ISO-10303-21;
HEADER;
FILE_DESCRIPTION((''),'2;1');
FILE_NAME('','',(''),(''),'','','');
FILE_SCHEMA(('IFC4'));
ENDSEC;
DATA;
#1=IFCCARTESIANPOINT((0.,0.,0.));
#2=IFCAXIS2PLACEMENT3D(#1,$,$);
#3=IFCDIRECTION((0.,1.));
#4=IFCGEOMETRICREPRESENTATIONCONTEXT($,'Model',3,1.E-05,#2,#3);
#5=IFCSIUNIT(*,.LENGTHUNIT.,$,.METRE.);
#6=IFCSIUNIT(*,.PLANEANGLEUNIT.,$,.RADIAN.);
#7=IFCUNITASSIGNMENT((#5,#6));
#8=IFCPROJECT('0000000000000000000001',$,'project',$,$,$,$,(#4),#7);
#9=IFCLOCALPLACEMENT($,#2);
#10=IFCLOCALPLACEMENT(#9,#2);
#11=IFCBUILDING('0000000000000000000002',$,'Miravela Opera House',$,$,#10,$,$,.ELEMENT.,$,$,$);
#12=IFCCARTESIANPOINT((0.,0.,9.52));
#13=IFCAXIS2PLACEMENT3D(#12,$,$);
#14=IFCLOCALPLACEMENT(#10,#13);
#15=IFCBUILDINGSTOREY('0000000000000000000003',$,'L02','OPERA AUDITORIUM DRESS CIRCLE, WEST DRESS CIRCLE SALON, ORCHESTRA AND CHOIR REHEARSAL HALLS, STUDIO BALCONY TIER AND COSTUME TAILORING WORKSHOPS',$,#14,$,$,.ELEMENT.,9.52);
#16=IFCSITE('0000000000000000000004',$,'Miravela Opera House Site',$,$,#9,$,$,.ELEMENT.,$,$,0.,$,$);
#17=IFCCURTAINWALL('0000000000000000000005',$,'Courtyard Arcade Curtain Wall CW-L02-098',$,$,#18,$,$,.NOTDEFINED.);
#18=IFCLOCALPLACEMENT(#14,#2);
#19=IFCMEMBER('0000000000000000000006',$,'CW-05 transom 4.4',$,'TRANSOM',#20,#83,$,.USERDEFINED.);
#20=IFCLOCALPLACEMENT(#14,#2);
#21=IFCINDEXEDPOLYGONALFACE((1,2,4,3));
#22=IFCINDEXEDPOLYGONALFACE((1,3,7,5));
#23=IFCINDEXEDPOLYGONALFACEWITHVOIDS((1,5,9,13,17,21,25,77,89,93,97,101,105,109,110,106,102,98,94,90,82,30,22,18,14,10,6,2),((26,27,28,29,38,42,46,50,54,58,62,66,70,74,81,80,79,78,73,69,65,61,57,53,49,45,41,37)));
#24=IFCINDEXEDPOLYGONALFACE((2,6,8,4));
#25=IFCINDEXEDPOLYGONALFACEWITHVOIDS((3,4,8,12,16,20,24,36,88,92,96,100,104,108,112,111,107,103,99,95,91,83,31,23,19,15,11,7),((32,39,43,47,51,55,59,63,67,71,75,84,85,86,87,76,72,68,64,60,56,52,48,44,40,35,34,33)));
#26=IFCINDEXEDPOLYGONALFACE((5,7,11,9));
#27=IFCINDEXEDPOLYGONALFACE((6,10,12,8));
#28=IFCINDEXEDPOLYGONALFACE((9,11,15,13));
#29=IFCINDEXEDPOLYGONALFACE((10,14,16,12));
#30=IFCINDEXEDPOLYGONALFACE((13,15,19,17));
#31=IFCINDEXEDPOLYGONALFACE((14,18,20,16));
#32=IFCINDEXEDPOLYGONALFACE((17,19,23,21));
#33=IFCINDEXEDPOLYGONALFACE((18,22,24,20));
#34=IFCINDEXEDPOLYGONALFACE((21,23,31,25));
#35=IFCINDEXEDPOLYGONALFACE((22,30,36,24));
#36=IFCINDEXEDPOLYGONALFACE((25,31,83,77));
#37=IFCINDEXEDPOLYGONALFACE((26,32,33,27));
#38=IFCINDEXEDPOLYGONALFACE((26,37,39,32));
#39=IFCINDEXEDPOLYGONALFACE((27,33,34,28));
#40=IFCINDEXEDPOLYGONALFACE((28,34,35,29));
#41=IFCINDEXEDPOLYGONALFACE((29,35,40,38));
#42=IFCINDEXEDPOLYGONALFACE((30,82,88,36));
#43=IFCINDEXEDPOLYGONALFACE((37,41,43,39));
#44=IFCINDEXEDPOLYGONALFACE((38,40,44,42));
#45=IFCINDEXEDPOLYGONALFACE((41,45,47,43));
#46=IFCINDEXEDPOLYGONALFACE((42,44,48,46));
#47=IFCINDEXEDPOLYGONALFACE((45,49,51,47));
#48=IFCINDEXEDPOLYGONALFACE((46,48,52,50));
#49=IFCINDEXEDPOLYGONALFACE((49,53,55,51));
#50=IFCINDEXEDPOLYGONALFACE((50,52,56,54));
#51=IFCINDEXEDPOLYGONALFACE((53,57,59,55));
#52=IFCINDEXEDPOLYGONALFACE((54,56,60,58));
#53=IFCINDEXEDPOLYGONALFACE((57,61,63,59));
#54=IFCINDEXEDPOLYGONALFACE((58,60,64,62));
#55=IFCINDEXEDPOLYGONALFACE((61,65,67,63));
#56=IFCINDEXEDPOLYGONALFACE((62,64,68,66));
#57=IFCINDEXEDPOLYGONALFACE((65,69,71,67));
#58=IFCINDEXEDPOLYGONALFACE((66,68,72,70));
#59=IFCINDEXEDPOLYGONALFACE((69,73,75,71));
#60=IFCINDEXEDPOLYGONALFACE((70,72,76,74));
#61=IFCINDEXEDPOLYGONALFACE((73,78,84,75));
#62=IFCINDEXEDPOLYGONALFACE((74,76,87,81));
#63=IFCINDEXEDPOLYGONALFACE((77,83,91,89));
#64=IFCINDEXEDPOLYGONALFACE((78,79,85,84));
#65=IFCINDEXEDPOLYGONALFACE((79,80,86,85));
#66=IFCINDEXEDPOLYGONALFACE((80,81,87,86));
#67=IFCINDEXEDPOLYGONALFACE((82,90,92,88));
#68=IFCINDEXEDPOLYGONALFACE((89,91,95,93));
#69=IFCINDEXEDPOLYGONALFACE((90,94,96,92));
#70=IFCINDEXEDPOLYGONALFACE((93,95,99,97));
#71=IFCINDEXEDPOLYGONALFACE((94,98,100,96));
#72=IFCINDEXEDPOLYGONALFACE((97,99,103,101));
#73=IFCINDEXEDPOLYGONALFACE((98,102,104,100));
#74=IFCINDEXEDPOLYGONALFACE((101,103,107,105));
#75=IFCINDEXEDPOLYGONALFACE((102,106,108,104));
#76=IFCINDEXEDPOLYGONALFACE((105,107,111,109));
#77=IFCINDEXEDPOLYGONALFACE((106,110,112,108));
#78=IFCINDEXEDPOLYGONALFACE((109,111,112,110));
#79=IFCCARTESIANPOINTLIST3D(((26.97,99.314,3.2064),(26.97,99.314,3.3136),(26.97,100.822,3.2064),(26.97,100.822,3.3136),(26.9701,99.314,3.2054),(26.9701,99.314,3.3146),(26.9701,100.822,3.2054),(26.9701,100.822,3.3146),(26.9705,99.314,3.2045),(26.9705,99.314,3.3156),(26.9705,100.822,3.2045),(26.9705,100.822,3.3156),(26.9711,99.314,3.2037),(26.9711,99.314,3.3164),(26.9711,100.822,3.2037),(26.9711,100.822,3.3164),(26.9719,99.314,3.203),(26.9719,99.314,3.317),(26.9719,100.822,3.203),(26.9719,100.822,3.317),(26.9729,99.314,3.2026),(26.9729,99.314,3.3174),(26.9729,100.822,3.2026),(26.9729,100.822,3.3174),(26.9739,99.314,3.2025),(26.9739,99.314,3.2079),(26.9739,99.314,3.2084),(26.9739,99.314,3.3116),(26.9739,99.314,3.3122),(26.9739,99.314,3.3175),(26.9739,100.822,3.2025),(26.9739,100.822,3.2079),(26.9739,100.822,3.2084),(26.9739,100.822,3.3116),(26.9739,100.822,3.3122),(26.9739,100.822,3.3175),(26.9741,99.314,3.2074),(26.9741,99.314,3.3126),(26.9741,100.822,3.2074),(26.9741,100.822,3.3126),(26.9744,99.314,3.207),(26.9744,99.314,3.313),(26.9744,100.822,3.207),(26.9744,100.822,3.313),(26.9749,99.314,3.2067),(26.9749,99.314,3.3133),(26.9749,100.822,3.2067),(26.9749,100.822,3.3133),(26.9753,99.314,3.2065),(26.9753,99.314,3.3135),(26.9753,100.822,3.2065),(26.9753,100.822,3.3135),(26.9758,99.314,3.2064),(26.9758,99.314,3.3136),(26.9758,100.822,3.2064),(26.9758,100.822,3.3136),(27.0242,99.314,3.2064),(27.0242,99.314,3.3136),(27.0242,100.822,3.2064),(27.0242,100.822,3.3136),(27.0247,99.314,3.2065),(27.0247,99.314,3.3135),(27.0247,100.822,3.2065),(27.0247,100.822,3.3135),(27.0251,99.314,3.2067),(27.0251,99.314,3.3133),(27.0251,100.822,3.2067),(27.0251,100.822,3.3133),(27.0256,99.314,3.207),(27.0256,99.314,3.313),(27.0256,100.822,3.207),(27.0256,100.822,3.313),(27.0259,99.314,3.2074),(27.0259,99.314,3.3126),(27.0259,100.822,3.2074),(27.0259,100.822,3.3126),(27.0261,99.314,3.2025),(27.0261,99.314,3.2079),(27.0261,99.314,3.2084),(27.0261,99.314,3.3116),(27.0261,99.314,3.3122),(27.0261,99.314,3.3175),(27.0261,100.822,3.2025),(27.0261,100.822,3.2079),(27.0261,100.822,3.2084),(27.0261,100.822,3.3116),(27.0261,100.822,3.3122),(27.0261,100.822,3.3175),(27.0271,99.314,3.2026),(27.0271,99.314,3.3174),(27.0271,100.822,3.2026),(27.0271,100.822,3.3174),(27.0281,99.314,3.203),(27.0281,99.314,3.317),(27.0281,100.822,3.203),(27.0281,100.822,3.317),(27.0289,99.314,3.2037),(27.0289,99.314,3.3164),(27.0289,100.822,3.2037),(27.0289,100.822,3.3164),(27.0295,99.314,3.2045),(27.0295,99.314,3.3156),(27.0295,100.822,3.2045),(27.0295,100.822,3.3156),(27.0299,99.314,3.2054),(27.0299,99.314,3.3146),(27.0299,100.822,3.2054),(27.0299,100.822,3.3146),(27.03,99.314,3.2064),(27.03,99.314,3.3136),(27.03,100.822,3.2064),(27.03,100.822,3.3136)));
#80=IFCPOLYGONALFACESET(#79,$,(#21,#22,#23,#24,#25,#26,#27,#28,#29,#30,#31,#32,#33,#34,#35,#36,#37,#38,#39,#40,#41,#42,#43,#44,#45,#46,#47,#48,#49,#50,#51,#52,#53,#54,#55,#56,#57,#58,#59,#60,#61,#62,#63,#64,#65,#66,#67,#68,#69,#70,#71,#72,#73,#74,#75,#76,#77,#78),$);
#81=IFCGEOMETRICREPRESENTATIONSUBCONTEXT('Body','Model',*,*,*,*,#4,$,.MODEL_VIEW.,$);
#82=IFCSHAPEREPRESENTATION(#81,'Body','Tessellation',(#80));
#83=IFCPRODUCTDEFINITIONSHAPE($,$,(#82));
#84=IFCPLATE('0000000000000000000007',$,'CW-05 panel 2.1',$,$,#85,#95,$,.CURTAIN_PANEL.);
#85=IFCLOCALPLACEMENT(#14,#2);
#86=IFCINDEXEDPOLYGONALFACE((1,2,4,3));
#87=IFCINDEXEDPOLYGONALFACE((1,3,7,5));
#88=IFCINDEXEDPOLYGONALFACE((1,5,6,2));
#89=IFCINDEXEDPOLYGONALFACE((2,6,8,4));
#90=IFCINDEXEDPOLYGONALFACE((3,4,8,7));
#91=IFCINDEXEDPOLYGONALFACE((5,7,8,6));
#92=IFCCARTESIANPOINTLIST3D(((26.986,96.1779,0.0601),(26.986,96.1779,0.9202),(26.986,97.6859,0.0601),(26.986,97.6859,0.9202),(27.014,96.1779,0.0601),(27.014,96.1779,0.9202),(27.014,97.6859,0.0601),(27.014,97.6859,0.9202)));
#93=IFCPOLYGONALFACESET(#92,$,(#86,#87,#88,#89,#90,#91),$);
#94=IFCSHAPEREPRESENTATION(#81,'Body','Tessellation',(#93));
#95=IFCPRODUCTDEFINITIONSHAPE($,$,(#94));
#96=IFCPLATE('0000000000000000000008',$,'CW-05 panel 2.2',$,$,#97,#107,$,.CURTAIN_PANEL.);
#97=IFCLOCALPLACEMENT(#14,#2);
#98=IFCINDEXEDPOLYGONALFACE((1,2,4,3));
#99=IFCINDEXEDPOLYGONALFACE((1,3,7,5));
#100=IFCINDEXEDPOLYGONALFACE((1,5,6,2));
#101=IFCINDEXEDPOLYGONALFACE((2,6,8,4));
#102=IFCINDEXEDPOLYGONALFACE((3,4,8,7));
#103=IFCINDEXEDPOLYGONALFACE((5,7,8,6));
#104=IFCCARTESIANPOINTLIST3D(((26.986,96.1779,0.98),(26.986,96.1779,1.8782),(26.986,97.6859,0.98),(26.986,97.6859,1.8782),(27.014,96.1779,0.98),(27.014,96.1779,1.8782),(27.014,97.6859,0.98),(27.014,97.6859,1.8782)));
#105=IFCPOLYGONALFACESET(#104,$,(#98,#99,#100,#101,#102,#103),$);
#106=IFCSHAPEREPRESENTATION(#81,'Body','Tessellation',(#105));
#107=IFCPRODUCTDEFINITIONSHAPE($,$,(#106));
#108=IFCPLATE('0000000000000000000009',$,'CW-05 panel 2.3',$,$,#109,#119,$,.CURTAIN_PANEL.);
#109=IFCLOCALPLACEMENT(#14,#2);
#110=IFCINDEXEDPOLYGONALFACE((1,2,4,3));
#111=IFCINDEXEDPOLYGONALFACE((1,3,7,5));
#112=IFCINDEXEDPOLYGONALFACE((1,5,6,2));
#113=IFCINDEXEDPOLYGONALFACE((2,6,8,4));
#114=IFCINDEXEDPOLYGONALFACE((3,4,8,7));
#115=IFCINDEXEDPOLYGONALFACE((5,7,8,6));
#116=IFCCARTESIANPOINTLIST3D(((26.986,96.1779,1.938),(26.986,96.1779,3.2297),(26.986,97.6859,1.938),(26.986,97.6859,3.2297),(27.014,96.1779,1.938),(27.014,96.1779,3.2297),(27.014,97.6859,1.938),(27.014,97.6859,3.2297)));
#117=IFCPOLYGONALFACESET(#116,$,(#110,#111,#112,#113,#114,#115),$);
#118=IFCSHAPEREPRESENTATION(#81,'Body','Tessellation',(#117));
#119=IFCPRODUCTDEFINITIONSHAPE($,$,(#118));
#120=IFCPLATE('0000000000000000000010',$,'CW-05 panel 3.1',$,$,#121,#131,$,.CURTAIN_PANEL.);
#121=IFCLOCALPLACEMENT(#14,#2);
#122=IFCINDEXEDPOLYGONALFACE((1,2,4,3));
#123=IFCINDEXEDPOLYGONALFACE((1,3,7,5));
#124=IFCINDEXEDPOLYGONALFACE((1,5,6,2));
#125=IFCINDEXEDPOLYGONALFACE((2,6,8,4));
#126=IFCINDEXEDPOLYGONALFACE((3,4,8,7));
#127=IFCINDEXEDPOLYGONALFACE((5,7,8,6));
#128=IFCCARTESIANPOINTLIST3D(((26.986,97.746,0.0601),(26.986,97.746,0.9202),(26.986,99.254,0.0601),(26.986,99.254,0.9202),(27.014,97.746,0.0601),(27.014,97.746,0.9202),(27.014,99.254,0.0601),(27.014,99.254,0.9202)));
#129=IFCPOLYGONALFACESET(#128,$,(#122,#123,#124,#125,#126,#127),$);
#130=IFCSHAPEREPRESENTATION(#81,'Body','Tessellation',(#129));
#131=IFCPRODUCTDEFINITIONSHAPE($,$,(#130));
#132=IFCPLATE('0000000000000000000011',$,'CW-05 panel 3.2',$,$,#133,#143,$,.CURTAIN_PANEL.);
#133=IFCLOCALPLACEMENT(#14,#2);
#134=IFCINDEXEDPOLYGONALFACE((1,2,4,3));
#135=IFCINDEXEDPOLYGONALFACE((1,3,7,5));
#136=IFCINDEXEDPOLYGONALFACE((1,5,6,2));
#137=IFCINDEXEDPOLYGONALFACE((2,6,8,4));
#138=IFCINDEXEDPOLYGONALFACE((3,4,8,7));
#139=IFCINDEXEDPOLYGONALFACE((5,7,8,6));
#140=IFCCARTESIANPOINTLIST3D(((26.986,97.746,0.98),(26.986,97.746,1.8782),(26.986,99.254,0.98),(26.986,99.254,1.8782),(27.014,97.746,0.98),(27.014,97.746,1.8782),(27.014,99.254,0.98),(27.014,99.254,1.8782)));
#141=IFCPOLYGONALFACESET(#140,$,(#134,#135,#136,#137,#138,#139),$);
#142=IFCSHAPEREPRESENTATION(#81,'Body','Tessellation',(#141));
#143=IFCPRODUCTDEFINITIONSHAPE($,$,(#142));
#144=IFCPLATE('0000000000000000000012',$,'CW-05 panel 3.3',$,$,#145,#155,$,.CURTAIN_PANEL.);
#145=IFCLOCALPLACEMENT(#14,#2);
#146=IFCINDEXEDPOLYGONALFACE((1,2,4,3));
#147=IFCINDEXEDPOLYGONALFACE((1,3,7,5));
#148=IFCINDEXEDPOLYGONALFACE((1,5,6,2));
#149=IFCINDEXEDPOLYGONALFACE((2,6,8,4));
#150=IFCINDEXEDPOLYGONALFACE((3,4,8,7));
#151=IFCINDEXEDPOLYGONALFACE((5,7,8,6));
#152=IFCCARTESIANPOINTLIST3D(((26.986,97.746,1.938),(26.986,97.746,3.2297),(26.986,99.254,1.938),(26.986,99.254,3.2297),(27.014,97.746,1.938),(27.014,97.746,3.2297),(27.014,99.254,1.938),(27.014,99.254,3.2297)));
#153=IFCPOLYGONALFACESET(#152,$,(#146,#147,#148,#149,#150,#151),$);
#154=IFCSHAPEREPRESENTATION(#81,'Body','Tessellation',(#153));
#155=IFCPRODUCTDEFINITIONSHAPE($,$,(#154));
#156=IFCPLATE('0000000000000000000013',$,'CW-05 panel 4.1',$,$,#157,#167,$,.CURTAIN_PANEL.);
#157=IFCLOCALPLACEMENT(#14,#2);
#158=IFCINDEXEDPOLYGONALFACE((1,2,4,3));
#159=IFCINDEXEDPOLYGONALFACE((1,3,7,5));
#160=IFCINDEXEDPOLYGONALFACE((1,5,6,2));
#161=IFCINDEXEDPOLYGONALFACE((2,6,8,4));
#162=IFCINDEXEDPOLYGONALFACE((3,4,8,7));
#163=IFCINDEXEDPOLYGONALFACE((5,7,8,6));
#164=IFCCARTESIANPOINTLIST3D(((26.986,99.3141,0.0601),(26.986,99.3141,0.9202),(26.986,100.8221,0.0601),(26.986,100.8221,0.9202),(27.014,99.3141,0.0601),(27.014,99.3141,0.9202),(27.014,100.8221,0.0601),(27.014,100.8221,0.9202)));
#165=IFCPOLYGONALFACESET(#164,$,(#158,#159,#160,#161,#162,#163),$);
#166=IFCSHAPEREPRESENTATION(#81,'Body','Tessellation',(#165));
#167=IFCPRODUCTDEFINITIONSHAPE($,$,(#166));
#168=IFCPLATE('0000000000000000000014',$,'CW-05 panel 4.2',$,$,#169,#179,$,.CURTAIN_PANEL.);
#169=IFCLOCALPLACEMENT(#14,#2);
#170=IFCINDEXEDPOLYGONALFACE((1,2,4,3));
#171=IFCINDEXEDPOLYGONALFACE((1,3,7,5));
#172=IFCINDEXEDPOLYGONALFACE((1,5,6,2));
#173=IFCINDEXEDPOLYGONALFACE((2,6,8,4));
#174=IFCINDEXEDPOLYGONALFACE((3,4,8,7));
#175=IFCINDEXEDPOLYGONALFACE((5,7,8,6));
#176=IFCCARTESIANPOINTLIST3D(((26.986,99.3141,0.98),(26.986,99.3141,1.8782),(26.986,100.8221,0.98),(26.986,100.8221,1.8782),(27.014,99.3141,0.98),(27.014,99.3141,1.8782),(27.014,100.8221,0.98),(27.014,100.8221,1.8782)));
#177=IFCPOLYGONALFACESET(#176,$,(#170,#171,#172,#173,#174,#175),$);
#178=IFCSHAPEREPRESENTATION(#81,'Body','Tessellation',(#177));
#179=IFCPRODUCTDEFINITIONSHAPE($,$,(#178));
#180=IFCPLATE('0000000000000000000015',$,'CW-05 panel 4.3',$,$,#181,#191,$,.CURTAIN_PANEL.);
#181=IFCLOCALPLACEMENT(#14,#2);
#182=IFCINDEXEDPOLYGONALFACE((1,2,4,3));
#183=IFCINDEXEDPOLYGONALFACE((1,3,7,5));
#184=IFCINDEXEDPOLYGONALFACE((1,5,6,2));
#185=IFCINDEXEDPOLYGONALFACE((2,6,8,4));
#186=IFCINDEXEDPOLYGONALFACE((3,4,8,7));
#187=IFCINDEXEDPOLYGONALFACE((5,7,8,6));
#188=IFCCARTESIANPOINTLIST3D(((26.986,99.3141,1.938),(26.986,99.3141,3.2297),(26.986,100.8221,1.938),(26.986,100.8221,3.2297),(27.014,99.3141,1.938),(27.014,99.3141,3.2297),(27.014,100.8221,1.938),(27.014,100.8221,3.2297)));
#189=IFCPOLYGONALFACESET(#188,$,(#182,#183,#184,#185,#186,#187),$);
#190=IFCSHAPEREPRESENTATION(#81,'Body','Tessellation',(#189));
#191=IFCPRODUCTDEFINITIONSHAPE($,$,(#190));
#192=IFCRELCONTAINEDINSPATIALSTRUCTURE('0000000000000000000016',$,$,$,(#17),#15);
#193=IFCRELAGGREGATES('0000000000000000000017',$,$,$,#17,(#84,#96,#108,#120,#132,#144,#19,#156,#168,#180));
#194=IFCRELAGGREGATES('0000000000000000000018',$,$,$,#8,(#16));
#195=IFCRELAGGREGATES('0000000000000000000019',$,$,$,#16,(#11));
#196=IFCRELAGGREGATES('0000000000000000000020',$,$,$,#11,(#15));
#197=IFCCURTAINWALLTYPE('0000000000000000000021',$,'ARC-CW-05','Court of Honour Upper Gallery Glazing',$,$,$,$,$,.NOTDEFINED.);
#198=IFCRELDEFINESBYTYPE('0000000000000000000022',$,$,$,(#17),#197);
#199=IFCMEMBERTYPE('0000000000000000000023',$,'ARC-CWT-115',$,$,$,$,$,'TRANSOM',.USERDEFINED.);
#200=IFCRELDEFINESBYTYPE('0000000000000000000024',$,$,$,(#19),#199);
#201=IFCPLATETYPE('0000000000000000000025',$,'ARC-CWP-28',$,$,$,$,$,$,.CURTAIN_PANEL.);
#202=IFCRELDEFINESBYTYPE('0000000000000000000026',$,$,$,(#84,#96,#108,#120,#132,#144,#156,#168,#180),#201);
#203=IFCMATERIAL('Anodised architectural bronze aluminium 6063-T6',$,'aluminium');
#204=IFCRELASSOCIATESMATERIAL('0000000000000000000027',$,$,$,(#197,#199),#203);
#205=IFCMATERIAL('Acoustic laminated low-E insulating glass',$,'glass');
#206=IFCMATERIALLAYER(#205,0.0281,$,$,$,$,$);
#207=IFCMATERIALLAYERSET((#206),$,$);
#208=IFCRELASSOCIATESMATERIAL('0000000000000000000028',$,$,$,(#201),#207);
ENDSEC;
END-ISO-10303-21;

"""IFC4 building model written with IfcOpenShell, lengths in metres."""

from ifc_helpers import new_model, si_unit, direction, frame, origin, origin_2d, place, context, subcontext, project, spatial, rectangle, hollow_rectangle, extrude, material, layer, layer_set, material_profile, profile_set, type_object, element, aggregate, save


model = new_model("IFC4")

# Units and contexts
model_context = context("Model", 3, precision=1e-05, world=origin(), true_north=direction((0.0, 1.0)))
body_context = subcontext(model_context, "Body", "Model", "MODEL_VIEW")
ifc_project = project(units=[si_unit("LENGTHUNIT", "METRE"), si_unit("PLANEANGLEUNIT", "RADIAN")], contexts=[model_context])

# Site, building, storey
site_placement = place(None, origin())
site = spatial("IfcSite", under=ifc_project, at=site_placement, Name="Miravela Opera House Site", CompositionType="ELEMENT", RefElevation=0.0)
building_placement = place(site_placement, origin())
building = spatial("IfcBuilding", under=site, at=building_placement, Name="Miravela Opera House", CompositionType="ELEMENT")
storey_placement = place(building_placement, frame((0.0, 0.0, 9.52)))
storey = spatial("IfcBuildingStorey", under=building, at=storey_placement, Name="L02", Description="OPERA AUDITORIUM DRESS CIRCLE, WEST DRESS CIRCLE SALON, ORCHESTRA AND CHOIR REHEARSAL HALLS, STUDIO BALCONY TIER AND COSTUME TAILORING WORKSHOPS", CompositionType="ELEMENT", Elevation=9.52)

# Curtain wall, member, plates
ifc_material_1 = material(Name="Anodised architectural bronze aluminium 6063-T6", Category="aluminium")
curtain_wall_type = type_object("IfcCurtainWallType", Name="ARC-CW-05", Description="Court of Honour Upper Gallery Glazing", PredefinedType="NOTDEFINED", material=ifc_material_1)
curtain_wall_placement = place(storey_placement, origin())
curtain_wall = element("IfcCurtainWall", 1, at=curtain_wall_placement, inside=storey, type_object=curtain_wall_type, Name="Courtyard Arcade Curtain Wall CW-L02-098", PredefinedType="NOTDEFINED")
ifc_material_profile_1 = material_profile(ifc_material_1, hollow_rectangle(XDim=0.0601, YDim=0.115, WallThickness=0.0039, InnerFilletRadius=0.002, OuterFilletRadius=0.0039, at=origin_2d()), Name="CWT-60X115")
ifc_profile_set_1 = profile_set([ifc_material_profile_1])
member_type_1 = type_object("IfcMemberType", Name="ARC-CWT-115", ElementType="TRANSOM", PredefinedType="USERDEFINED", material=ifc_profile_set_1)
member_1_placement = place(storey_placement, frame((27.0, 99.314, 3.26), z_axis=(0.0, 1.0, 0.0), x_axis=(-1.0, 0.0, 0.0)))
member_1 = element("IfcMember", 2, at=member_1_placement, type_object=member_type_1, Name="CW-05 transom 4.4", ObjectType="TRANSOM", PredefinedType="USERDEFINED", context=body_context, shape_type="SweptSolid", body=[
    extrude(hollow_rectangle(XDim=0.0601, YDim=0.115, WallThickness=0.0039, InnerFilletRadius=0.002, OuterFilletRadius=0.0039, at=origin_2d()), origin(), (0.0, 0.0, 1.0), 1.5081),
])
ifc_material_2 = material(Name="Acoustic laminated low-E insulating glass", Category="glass")
ifc_layer = layer(ifc_material_2, 0.0281)
ifc_layer_set = layer_set([ifc_layer])
plate_type = type_object("IfcPlateType", Name="ARC-CWP-28", PredefinedType="CURTAIN_PANEL", material=ifc_layer_set)
plate_1_placement = place(storey_placement, frame((27.0, 96.9319, 0.0601), z_axis=(0.0, 0.0, 1.0), x_axis=(0.0, 1.0, 0.0)))
plate_1 = element("IfcPlate", 3, at=plate_1_placement, type_object=plate_type, Name="CW-05 panel 2.1", PredefinedType="CURTAIN_PANEL", context=body_context, shape_type="SweptSolid", body=[
    extrude(rectangle(XDim=1.5081, YDim=0.0281, at=origin_2d()), origin(), (0.0, 0.0, 1.0), 0.8601),
])
plate_2_placement = place(storey_placement, frame((27.0, 96.9319, 0.98), z_axis=(0.0, 0.0, 1.0), x_axis=(0.0, 1.0, 0.0)))
plate_2 = element("IfcPlate", 4, at=plate_2_placement, type_object=plate_type, Name="CW-05 panel 2.2", PredefinedType="CURTAIN_PANEL", context=body_context, shape_type="SweptSolid", body=[
    extrude(rectangle(XDim=1.5081, YDim=0.0281, at=origin_2d()), origin(), (0.0, 0.0, 1.0), 0.8982),
])
plate_3_placement = place(storey_placement, frame((27.0, 96.9319, 1.938), z_axis=(0.0, 0.0, 1.0), x_axis=(0.0, 1.0, 0.0)))
plate_3 = element("IfcPlate", 5, at=plate_3_placement, type_object=plate_type, Name="CW-05 panel 2.3", PredefinedType="CURTAIN_PANEL", context=body_context, shape_type="SweptSolid", body=[
    extrude(rectangle(XDim=1.5081, YDim=0.0281, at=origin_2d()), origin(), (0.0, 0.0, 1.0), 1.2917),
])
plate_4_placement = place(storey_placement, frame((27.0, 98.5, 0.0601), z_axis=(0.0, 0.0, 1.0), x_axis=(0.0, 1.0, 0.0)))
plate_4 = element("IfcPlate", 6, at=plate_4_placement, type_object=plate_type, Name="CW-05 panel 3.1", PredefinedType="CURTAIN_PANEL", context=body_context, shape_type="SweptSolid", body=[
    extrude(rectangle(XDim=1.5081, YDim=0.0281, at=origin_2d()), origin(), (0.0, 0.0, 1.0), 0.8601),
])
plate_5_placement = place(storey_placement, frame((27.0, 98.5, 0.98), z_axis=(0.0, 0.0, 1.0), x_axis=(0.0, 1.0, 0.0)))
plate_5 = element("IfcPlate", 7, at=plate_5_placement, type_object=plate_type, Name="CW-05 panel 3.2", PredefinedType="CURTAIN_PANEL", context=body_context, shape_type="SweptSolid", body=[
    extrude(rectangle(XDim=1.5081, YDim=0.0281, at=origin_2d()), origin(), (0.0, 0.0, 1.0), 0.8982),
])
plate_6_placement = place(storey_placement, frame((27.0, 98.5, 1.938), z_axis=(0.0, 0.0, 1.0), x_axis=(0.0, 1.0, 0.0)))
plate_6 = element("IfcPlate", 8, at=plate_6_placement, type_object=plate_type, Name="CW-05 panel 3.3", PredefinedType="CURTAIN_PANEL", context=body_context, shape_type="SweptSolid", body=[
    extrude(rectangle(XDim=1.5081, YDim=0.0281, at=origin_2d()), origin(), (0.0, 0.0, 1.0), 1.2917),
])
plate_7_placement = place(storey_placement, frame((27.0, 100.0681, 0.0601), z_axis=(0.0, 0.0, 1.0), x_axis=(0.0, 1.0, 0.0)))
plate_7 = element("IfcPlate", 9, at=plate_7_placement, type_object=plate_type, Name="CW-05 panel 4.1", PredefinedType="CURTAIN_PANEL", context=body_context, shape_type="SweptSolid", body=[
    extrude(rectangle(XDim=1.5081, YDim=0.0281, at=origin_2d()), origin(), (0.0, 0.0, 1.0), 0.8601),
])
plate_8_placement = place(storey_placement, frame((27.0, 100.0681, 0.98), z_axis=(0.0, 0.0, 1.0), x_axis=(0.0, 1.0, 0.0)))
plate_8 = element("IfcPlate", 10, at=plate_8_placement, type_object=plate_type, Name="CW-05 panel 4.2", PredefinedType="CURTAIN_PANEL", context=body_context, shape_type="SweptSolid", body=[
    extrude(rectangle(XDim=1.5081, YDim=0.0281, at=origin_2d()), origin(), (0.0, 0.0, 1.0), 0.8982),
])
plate_9_placement = place(storey_placement, frame((27.0, 100.0681, 1.938), z_axis=(0.0, 0.0, 1.0), x_axis=(0.0, 1.0, 0.0)))
plate_9 = element("IfcPlate", 11, at=plate_9_placement, type_object=plate_type, Name="CW-05 panel 4.3", PredefinedType="CURTAIN_PANEL", context=body_context, shape_type="SweptSolid", body=[
    extrude(rectangle(XDim=1.5081, YDim=0.0281, at=origin_2d()), origin(), (0.0, 0.0, 1.0), 1.2917),
])
aggregate(curtain_wall, [plate_1, plate_2, plate_3, plate_4, plate_5, plate_6, member_1, plate_7, plate_8, plate_9])

save(model, "model.ifc")
